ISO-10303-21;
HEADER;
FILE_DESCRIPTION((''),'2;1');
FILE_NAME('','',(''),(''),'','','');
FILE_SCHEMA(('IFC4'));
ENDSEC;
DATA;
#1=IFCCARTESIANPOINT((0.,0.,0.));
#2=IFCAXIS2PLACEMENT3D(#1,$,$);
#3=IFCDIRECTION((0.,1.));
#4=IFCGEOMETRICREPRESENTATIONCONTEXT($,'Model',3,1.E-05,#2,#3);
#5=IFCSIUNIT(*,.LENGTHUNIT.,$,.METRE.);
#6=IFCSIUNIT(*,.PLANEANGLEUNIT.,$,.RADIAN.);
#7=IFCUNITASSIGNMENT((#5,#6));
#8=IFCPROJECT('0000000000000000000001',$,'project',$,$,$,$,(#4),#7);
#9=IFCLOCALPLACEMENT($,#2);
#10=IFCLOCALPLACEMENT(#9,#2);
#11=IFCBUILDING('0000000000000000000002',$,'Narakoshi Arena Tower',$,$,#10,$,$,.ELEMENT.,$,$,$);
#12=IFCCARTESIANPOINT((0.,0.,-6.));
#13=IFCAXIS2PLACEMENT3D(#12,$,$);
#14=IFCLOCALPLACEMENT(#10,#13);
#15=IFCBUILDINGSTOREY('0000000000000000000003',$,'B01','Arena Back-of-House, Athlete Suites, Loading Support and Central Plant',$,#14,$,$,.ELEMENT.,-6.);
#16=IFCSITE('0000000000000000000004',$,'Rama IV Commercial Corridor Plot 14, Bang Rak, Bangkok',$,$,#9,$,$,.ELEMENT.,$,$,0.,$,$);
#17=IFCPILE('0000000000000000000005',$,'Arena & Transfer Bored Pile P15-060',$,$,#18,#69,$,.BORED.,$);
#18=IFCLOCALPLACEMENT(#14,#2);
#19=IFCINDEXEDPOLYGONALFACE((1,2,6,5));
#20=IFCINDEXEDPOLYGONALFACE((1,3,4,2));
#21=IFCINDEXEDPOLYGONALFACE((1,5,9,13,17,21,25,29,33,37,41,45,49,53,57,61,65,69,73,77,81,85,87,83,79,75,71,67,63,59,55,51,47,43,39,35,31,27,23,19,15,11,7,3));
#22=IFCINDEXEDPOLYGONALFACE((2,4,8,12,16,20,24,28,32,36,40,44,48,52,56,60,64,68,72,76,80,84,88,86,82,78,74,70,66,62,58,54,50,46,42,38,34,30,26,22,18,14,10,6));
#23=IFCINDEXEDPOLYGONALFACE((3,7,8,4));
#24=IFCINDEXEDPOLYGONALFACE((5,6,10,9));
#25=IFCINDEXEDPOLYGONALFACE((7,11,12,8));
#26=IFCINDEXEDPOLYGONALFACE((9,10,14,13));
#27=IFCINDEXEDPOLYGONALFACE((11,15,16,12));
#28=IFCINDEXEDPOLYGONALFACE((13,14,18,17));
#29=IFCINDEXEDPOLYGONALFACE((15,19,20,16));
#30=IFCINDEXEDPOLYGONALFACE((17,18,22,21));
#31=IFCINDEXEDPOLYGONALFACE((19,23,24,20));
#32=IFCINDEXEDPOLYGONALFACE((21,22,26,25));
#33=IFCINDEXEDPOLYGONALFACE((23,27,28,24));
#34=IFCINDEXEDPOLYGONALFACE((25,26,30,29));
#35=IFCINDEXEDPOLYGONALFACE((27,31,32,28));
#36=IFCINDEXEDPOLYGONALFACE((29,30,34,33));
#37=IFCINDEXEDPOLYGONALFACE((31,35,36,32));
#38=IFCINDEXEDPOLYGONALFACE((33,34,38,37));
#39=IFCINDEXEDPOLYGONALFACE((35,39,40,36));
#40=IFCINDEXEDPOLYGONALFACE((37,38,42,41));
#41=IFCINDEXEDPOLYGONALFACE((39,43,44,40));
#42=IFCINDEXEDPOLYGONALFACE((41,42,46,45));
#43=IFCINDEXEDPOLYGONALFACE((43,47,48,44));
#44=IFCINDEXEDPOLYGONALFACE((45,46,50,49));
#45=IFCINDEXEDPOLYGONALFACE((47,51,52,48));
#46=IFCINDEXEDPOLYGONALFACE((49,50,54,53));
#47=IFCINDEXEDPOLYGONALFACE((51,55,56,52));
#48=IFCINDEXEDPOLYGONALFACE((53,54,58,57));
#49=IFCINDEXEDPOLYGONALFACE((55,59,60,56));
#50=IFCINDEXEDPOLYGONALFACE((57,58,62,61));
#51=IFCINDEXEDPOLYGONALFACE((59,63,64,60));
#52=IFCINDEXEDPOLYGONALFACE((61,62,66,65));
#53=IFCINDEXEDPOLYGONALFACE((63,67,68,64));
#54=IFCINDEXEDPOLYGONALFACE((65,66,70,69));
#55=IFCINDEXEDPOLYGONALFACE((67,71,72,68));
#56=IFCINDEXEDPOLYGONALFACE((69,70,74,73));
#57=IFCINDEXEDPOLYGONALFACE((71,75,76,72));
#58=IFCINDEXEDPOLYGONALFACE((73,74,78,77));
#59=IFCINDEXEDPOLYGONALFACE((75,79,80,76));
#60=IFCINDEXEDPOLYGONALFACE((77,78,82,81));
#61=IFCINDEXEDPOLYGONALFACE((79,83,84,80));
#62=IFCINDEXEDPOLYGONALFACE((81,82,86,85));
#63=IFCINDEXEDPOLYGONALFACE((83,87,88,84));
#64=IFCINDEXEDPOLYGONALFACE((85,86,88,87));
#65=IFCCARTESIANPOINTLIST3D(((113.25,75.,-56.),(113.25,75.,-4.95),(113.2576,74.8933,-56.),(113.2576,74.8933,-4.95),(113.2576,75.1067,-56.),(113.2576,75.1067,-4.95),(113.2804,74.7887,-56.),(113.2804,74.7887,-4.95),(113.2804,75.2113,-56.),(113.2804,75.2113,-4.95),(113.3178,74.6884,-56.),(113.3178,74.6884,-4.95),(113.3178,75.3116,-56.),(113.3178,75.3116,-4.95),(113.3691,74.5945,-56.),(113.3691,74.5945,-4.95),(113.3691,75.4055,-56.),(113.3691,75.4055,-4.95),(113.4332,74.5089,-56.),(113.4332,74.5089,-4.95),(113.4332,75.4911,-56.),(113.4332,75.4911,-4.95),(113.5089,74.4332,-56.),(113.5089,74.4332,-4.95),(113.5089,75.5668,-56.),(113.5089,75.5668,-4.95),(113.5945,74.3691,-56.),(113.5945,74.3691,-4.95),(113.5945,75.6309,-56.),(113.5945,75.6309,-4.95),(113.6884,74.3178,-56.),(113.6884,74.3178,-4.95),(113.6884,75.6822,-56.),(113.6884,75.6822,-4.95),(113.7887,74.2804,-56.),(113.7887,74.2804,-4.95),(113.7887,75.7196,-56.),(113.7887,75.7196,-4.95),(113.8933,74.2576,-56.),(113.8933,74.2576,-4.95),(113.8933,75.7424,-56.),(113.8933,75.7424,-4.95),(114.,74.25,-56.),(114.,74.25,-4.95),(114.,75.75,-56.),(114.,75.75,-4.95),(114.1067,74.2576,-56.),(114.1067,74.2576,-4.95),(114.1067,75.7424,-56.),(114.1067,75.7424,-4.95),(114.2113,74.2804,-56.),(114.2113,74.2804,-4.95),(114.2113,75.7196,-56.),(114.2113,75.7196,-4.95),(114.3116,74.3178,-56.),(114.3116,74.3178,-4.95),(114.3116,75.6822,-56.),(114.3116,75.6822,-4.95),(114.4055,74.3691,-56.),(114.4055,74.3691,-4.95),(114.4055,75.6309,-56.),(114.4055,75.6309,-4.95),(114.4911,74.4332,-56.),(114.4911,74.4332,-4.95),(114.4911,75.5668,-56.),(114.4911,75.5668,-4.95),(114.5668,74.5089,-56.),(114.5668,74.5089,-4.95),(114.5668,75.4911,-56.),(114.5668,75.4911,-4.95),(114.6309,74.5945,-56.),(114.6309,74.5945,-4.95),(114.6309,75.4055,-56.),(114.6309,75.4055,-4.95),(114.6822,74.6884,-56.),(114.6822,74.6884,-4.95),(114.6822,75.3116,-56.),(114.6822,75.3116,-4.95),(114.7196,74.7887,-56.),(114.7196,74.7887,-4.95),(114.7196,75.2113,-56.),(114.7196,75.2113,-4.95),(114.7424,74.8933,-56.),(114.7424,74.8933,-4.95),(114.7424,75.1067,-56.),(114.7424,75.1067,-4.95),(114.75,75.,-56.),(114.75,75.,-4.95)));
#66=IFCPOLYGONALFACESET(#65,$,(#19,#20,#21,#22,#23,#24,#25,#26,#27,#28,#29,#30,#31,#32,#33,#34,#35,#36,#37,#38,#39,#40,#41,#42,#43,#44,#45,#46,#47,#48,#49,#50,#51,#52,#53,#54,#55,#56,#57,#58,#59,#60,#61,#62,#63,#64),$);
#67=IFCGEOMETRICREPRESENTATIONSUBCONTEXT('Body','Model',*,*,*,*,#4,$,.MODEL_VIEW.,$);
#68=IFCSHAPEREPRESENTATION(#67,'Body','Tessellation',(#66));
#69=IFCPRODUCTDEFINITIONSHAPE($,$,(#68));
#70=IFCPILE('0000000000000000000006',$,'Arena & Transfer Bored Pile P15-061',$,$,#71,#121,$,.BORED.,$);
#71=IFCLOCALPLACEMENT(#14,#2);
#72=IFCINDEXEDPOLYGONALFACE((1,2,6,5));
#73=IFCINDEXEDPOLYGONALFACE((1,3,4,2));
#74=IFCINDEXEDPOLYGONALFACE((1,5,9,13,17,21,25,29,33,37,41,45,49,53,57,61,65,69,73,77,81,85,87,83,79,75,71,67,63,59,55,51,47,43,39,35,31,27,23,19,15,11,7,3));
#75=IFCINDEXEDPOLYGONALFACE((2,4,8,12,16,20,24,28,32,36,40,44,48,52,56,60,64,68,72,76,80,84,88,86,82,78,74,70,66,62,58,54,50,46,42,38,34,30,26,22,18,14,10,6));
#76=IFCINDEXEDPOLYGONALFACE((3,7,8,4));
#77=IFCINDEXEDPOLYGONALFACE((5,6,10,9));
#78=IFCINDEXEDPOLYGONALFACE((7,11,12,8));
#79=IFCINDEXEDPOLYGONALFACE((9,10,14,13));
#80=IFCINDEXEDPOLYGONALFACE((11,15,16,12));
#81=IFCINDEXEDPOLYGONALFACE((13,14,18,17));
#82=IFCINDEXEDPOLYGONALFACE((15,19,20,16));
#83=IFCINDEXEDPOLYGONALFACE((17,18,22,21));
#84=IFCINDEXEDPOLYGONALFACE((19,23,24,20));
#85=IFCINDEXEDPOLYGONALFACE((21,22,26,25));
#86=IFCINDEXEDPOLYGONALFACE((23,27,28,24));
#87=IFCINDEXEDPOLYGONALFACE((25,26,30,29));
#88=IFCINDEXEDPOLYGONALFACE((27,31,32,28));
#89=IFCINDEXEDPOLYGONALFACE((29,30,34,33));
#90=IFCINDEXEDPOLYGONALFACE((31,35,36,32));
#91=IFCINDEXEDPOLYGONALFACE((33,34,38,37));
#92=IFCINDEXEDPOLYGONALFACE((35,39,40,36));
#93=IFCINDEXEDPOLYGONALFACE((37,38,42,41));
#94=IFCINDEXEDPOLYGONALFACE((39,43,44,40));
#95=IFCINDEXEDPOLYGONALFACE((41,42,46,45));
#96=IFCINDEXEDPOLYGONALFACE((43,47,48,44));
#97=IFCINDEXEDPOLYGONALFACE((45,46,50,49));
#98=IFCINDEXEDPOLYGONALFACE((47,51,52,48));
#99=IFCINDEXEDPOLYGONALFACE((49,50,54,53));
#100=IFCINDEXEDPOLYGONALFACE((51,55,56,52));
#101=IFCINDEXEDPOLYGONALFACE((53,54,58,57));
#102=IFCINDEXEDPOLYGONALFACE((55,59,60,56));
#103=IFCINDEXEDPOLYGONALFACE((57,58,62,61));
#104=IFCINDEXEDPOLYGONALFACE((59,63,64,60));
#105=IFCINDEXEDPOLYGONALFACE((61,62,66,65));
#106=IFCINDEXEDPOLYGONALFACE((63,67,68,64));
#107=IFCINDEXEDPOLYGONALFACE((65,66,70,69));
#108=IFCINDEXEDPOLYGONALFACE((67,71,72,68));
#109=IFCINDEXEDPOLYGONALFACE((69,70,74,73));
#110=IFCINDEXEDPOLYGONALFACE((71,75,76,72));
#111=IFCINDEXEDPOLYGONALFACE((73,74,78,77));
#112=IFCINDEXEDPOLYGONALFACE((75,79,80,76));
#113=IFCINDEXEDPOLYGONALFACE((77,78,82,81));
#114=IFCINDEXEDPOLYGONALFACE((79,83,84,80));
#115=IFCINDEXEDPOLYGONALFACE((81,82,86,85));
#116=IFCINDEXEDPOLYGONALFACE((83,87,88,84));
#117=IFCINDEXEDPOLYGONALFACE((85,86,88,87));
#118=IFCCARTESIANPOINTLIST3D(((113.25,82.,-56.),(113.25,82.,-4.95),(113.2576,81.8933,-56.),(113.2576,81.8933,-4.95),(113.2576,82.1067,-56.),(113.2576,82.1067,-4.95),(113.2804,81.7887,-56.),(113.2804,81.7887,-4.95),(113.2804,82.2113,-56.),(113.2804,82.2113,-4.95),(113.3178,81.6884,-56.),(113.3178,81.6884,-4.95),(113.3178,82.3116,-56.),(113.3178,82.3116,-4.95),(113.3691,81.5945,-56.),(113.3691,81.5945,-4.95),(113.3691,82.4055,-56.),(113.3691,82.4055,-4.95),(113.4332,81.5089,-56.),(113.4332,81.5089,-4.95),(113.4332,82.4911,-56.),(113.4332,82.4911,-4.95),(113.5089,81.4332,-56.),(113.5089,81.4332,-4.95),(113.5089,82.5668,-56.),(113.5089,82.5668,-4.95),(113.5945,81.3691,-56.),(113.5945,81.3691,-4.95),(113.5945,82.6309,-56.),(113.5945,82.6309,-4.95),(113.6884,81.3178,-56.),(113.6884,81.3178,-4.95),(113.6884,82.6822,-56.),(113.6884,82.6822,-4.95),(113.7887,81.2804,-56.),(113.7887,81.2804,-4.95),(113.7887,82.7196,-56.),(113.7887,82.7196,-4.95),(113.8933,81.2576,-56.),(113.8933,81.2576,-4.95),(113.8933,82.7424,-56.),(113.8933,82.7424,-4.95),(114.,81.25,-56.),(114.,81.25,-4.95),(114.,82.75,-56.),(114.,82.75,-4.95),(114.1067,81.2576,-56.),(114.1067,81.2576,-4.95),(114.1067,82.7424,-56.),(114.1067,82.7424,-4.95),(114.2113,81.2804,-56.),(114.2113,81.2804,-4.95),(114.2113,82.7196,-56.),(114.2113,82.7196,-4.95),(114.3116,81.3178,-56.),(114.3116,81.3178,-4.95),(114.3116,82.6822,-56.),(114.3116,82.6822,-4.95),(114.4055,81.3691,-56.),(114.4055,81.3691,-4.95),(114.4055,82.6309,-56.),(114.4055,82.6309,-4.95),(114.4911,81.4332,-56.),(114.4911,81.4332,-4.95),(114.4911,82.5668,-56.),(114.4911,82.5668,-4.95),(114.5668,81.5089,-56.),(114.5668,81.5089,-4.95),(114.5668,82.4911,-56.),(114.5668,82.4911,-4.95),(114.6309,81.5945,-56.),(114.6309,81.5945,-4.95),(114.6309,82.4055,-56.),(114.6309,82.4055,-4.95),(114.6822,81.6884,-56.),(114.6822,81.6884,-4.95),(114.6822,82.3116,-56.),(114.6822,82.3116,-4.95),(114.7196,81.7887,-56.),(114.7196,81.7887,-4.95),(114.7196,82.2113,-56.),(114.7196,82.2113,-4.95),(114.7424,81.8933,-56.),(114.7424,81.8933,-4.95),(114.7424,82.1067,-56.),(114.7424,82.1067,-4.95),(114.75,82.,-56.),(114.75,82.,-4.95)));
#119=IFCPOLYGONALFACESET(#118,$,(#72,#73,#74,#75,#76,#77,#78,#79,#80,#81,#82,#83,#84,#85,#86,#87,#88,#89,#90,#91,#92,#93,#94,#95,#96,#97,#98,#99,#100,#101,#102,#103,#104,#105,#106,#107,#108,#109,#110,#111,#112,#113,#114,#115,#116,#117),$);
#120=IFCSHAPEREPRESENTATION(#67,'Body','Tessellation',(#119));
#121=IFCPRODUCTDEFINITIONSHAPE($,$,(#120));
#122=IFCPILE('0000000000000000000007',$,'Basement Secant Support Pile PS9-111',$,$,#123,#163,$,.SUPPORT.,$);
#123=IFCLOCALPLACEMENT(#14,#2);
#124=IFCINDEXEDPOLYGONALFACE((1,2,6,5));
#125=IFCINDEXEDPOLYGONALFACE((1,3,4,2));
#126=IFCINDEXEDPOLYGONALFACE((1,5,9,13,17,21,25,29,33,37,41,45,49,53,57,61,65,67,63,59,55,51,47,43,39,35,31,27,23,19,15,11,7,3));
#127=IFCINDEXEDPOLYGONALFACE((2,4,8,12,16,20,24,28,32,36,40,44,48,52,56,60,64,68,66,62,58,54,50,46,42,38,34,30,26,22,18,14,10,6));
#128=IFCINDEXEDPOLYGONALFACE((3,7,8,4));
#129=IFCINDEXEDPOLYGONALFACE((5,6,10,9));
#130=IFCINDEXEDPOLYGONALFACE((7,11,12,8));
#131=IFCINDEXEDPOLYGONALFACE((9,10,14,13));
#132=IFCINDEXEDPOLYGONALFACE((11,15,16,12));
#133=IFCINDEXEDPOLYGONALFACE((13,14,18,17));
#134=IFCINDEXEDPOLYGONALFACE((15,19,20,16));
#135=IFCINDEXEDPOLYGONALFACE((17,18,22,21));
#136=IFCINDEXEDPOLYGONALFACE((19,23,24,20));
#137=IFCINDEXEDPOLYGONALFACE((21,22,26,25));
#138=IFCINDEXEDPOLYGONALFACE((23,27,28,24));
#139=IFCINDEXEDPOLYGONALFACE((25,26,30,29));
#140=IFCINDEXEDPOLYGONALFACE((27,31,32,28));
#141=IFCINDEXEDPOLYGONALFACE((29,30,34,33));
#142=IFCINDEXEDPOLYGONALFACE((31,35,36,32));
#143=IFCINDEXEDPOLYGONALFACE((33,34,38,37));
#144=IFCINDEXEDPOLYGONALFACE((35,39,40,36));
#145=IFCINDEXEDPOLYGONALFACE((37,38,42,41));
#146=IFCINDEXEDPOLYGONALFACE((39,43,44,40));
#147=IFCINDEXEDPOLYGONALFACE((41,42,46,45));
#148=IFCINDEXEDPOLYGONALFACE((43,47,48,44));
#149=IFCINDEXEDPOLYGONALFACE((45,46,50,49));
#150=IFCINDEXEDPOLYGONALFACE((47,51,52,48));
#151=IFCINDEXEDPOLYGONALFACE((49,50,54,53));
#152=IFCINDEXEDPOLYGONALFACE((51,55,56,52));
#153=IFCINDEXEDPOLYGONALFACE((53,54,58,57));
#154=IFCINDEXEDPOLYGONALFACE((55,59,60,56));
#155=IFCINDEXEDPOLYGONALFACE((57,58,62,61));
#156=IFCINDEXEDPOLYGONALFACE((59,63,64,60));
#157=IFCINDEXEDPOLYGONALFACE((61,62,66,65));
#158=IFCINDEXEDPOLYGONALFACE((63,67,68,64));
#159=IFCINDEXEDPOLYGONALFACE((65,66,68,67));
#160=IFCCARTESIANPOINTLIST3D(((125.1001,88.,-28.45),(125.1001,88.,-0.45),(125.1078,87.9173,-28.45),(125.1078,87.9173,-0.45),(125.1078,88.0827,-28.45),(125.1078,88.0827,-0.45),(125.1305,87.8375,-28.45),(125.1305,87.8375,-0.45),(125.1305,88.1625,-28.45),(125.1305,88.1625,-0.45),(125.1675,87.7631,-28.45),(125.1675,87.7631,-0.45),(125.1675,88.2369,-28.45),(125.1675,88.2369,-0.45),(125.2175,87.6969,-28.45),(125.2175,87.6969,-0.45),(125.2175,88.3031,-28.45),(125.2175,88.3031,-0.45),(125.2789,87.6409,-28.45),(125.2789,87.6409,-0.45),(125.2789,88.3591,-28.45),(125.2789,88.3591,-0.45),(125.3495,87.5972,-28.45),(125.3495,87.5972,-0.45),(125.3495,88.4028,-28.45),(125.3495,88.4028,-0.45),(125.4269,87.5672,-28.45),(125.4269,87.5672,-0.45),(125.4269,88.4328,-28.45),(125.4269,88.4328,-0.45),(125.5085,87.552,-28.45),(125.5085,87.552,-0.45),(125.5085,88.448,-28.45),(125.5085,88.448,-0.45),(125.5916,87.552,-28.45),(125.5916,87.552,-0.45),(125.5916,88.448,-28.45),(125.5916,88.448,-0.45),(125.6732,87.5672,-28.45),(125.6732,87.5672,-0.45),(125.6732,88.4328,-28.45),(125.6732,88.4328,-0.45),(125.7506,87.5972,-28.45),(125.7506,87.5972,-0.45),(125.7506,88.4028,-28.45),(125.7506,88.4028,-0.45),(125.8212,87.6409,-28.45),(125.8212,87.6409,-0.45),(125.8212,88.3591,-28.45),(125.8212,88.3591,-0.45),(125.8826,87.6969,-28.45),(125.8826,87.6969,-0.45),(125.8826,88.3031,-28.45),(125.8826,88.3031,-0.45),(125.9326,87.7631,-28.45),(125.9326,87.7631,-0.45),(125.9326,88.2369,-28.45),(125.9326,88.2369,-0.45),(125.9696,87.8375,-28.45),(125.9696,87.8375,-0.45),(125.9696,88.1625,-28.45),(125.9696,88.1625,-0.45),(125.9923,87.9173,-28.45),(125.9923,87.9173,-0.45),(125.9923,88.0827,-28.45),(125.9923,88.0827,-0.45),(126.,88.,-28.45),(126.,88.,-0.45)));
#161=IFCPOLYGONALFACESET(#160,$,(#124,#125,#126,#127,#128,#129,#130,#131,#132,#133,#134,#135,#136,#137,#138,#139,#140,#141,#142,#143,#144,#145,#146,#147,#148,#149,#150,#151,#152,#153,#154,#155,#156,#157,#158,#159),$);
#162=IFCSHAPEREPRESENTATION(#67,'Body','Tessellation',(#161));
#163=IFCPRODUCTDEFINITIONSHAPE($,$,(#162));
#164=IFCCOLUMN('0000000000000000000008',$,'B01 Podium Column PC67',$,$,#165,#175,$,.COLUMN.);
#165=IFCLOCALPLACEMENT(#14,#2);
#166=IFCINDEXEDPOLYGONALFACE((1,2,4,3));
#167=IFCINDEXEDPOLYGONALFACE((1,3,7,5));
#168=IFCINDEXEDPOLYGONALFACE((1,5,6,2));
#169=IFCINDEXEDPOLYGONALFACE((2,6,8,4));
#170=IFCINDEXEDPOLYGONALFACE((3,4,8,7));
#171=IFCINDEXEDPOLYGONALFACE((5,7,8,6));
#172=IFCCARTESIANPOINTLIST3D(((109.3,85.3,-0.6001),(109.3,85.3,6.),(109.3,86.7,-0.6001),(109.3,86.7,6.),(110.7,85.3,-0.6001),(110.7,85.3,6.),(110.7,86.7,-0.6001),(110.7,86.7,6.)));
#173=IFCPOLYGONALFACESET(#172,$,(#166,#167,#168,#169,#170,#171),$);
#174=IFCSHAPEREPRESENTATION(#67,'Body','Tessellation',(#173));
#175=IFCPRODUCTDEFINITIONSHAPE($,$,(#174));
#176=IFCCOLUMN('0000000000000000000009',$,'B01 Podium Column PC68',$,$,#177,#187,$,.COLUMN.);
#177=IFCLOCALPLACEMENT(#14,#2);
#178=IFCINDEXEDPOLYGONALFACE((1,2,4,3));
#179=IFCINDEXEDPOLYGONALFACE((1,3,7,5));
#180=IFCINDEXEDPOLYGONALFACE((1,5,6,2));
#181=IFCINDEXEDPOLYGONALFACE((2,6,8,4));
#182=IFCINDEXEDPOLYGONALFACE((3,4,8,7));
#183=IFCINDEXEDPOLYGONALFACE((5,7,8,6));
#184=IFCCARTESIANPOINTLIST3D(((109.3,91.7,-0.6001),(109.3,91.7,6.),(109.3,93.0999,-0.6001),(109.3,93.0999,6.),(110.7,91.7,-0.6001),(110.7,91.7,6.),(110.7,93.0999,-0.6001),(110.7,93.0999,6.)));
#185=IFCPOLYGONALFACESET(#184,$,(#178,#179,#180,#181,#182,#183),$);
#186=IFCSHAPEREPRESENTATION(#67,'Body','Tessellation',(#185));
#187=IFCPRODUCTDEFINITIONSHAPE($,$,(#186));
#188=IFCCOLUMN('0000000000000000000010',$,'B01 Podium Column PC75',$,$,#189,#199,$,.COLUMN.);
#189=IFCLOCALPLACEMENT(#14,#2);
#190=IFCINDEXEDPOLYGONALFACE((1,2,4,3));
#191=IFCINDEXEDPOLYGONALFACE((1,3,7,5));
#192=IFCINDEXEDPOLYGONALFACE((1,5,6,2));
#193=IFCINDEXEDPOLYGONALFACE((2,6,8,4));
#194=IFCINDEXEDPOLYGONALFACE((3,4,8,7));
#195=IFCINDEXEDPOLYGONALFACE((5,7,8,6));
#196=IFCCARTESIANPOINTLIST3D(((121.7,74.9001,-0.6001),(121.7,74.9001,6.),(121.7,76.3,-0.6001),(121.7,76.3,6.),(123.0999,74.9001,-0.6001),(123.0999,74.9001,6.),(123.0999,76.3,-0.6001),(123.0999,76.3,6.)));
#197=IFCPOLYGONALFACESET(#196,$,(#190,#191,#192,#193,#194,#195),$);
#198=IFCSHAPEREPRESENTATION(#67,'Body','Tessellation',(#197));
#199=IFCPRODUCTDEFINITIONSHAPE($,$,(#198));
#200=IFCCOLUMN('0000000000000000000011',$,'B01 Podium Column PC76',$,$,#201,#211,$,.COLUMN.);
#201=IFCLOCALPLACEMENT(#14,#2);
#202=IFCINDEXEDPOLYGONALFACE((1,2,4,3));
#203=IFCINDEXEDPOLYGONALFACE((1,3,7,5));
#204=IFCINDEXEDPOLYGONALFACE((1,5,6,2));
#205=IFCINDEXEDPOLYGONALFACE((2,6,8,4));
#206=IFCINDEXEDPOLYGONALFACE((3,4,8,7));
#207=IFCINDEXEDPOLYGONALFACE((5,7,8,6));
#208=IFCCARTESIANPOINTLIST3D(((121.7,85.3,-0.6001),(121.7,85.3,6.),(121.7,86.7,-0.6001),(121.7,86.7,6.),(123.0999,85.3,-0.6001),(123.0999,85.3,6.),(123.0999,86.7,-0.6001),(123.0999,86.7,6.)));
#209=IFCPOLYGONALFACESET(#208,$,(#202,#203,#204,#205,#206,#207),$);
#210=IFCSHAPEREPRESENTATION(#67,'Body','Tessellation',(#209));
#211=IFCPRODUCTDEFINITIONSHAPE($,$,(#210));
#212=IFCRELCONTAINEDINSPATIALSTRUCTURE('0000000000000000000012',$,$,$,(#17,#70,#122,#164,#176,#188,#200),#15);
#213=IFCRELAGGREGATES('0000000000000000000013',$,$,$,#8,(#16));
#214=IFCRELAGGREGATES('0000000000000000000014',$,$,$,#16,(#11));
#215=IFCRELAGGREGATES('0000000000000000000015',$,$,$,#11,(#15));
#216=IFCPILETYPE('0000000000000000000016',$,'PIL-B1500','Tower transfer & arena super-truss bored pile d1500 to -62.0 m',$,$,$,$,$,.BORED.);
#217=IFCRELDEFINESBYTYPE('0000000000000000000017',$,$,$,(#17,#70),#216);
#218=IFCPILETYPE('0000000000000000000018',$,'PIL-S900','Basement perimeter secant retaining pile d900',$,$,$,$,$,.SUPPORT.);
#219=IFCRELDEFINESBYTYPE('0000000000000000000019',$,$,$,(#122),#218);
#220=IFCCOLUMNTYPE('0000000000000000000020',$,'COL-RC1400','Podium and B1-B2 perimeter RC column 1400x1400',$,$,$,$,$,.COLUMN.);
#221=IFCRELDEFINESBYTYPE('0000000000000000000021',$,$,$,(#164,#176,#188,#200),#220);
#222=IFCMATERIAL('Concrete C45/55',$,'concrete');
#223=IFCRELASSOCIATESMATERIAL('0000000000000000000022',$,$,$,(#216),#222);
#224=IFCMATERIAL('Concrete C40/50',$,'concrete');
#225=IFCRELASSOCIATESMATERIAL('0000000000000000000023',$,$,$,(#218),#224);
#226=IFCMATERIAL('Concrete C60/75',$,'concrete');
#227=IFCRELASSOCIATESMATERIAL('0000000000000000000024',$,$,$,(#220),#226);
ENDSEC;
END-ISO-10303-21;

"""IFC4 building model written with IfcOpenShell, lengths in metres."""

from ifc_helpers import new_model, si_unit, direction, frame, origin, origin_2d, place, context, subcontext, project, spatial, rectangle, circle, extrude, material, material_profile, profile_set, type_object, element, save


model = new_model("IFC4")

# Units and contexts
model_context = context("Model", 3, precision=1e-05, world=origin(), true_north=direction((0.0, 1.0)))
body_context = subcontext(model_context, "Body", "Model", "MODEL_VIEW")
ifc_project = project(units=[si_unit("LENGTHUNIT", "METRE"), si_unit("PLANEANGLEUNIT", "RADIAN")], contexts=[model_context])

# Site, building, storey
site_placement = place(None, origin())
site = spatial("IfcSite", under=ifc_project, at=site_placement, Name="Rama IV Commercial Corridor Plot 14, Bang Rak, Bangkok", CompositionType="ELEMENT", RefElevation=0.0)
building_placement = place(site_placement, origin())
building = spatial("IfcBuilding", under=site, at=building_placement, Name="Narakoshi Arena Tower", CompositionType="ELEMENT")
storey_placement = place(building_placement, frame((0.0, 0.0, -6.0)))
storey = spatial("IfcBuildingStorey", under=building, at=storey_placement, Name="B01", Description="Arena Back-of-House, Athlete Suites, Loading Support and Central Plant", CompositionType="ELEMENT", Elevation=-6.0)

# Shared definitions
ifc_material_1 = material(Name="Concrete C45/55", Category="concrete")

# Piles
ifc_material_profile_1 = material_profile(ifc_material_1, circle(Radius=0.75, at=origin_2d()), Name="PILE-D1500")
ifc_profile_set_1 = profile_set([ifc_material_profile_1], Name="Concrete C45/55")
pile_type_1 = type_object("IfcPileType", Name="PIL-B1500", Description="Tower transfer & arena super-truss bored pile d1500 to -62.0 m", PredefinedType="BORED", material=ifc_profile_set_1)
for number, where, z_axis, x_axis, name in (
    (1, (114.0, 75.0, -4.95), (0.0, 0.0, -1.0), (1.0, 0.0, 0.0), "Arena & Transfer Bored Pile P15-060"),
    (2, (114.0, 82.0, -4.95), (0.0, 0.0, -1.0), (1.0, 0.0, 0.0), "Arena & Transfer Bored Pile P15-061"),
):
    element("IfcPile", number, at=place(storey_placement, frame(where, z_axis=z_axis, x_axis=x_axis)), inside=storey, type_object=pile_type_1, Name=name, PredefinedType="BORED", context=body_context, shape_type="SweptSolid", body=[
        extrude(circle(Radius=0.75, at=origin_2d()), origin(), (0.0, 0.0, 1.0), 51.05),
    ])
ifc_material_2 = material(Name="Concrete C40/50", Category="concrete")
ifc_material_profile_2 = material_profile(ifc_material_2, circle(Radius=0.45, at=origin_2d()), Name="PILE-D900")
ifc_profile_set_2 = profile_set([ifc_material_profile_2], Name="Concrete C40/50")
pile_type_2 = type_object("IfcPileType", Name="PIL-S900", Description="Basement perimeter secant retaining pile d900", PredefinedType="SUPPORT", material=ifc_profile_set_2)
pile_1_placement = place(storey_placement, frame((125.55, 88.0, -0.45), z_axis=(0.0, 0.0, -1.0), x_axis=(1.0, 0.0, 0.0)))
element("IfcPile", 3, at=pile_1_placement, inside=storey, type_object=pile_type_2, Name="Basement Secant Support Pile PS9-111", PredefinedType="SUPPORT", context=body_context, shape_type="SweptSolid", body=[
    extrude(circle(Radius=0.45, at=origin_2d()), origin(), (0.0, 0.0, 1.0), 28.0),
])

# Columns
ifc_material_3 = material(Name="Concrete C60/75", Category="concrete")
ifc_material_profile_3 = material_profile(ifc_material_3, rectangle(XDim=1.3999, YDim=1.3999, at=origin_2d()), Name="RC1400x1400")
ifc_profile_set_3 = profile_set([ifc_material_profile_3], Name="Concrete C60/75")
column_type = type_object("IfcColumnType", Name="COL-RC1400", Description="Podium and B1-B2 perimeter RC column 1400x1400", PredefinedType="COLUMN", material=ifc_profile_set_3)
for number, where, z_axis, x_axis, name in (
    (4, (110.0, 86.0, -0.6001), (0.0, 0.0, 1.0), (1.0, 0.0, 0.0), "B01 Podium Column PC67"),
    (5, (110.0, 92.3999, -0.6001), (0.0, 0.0, 1.0), (1.0, 0.0, 0.0), "B01 Podium Column PC68"),
    (6, (122.3999, 75.6001, -0.6001), (0.0, 0.0, 1.0), (1.0, 0.0, 0.0), "B01 Podium Column PC75"),
    (7, (122.3999, 86.0, -0.6001), (0.0, 0.0, 1.0), (1.0, 0.0, 0.0), "B01 Podium Column PC76"),
):
    element("IfcColumn", number, at=place(storey_placement, frame(where, z_axis=z_axis, x_axis=x_axis)), inside=storey, type_object=column_type, Name=name, PredefinedType="COLUMN", context=body_context, shape_type="SweptSolid", body=[
        extrude(rectangle(XDim=1.3999, YDim=1.3999, at=origin_2d()), origin(), (0.0, 0.0, 1.0), 6.6001),
    ])

save(model, "model.ifc")
